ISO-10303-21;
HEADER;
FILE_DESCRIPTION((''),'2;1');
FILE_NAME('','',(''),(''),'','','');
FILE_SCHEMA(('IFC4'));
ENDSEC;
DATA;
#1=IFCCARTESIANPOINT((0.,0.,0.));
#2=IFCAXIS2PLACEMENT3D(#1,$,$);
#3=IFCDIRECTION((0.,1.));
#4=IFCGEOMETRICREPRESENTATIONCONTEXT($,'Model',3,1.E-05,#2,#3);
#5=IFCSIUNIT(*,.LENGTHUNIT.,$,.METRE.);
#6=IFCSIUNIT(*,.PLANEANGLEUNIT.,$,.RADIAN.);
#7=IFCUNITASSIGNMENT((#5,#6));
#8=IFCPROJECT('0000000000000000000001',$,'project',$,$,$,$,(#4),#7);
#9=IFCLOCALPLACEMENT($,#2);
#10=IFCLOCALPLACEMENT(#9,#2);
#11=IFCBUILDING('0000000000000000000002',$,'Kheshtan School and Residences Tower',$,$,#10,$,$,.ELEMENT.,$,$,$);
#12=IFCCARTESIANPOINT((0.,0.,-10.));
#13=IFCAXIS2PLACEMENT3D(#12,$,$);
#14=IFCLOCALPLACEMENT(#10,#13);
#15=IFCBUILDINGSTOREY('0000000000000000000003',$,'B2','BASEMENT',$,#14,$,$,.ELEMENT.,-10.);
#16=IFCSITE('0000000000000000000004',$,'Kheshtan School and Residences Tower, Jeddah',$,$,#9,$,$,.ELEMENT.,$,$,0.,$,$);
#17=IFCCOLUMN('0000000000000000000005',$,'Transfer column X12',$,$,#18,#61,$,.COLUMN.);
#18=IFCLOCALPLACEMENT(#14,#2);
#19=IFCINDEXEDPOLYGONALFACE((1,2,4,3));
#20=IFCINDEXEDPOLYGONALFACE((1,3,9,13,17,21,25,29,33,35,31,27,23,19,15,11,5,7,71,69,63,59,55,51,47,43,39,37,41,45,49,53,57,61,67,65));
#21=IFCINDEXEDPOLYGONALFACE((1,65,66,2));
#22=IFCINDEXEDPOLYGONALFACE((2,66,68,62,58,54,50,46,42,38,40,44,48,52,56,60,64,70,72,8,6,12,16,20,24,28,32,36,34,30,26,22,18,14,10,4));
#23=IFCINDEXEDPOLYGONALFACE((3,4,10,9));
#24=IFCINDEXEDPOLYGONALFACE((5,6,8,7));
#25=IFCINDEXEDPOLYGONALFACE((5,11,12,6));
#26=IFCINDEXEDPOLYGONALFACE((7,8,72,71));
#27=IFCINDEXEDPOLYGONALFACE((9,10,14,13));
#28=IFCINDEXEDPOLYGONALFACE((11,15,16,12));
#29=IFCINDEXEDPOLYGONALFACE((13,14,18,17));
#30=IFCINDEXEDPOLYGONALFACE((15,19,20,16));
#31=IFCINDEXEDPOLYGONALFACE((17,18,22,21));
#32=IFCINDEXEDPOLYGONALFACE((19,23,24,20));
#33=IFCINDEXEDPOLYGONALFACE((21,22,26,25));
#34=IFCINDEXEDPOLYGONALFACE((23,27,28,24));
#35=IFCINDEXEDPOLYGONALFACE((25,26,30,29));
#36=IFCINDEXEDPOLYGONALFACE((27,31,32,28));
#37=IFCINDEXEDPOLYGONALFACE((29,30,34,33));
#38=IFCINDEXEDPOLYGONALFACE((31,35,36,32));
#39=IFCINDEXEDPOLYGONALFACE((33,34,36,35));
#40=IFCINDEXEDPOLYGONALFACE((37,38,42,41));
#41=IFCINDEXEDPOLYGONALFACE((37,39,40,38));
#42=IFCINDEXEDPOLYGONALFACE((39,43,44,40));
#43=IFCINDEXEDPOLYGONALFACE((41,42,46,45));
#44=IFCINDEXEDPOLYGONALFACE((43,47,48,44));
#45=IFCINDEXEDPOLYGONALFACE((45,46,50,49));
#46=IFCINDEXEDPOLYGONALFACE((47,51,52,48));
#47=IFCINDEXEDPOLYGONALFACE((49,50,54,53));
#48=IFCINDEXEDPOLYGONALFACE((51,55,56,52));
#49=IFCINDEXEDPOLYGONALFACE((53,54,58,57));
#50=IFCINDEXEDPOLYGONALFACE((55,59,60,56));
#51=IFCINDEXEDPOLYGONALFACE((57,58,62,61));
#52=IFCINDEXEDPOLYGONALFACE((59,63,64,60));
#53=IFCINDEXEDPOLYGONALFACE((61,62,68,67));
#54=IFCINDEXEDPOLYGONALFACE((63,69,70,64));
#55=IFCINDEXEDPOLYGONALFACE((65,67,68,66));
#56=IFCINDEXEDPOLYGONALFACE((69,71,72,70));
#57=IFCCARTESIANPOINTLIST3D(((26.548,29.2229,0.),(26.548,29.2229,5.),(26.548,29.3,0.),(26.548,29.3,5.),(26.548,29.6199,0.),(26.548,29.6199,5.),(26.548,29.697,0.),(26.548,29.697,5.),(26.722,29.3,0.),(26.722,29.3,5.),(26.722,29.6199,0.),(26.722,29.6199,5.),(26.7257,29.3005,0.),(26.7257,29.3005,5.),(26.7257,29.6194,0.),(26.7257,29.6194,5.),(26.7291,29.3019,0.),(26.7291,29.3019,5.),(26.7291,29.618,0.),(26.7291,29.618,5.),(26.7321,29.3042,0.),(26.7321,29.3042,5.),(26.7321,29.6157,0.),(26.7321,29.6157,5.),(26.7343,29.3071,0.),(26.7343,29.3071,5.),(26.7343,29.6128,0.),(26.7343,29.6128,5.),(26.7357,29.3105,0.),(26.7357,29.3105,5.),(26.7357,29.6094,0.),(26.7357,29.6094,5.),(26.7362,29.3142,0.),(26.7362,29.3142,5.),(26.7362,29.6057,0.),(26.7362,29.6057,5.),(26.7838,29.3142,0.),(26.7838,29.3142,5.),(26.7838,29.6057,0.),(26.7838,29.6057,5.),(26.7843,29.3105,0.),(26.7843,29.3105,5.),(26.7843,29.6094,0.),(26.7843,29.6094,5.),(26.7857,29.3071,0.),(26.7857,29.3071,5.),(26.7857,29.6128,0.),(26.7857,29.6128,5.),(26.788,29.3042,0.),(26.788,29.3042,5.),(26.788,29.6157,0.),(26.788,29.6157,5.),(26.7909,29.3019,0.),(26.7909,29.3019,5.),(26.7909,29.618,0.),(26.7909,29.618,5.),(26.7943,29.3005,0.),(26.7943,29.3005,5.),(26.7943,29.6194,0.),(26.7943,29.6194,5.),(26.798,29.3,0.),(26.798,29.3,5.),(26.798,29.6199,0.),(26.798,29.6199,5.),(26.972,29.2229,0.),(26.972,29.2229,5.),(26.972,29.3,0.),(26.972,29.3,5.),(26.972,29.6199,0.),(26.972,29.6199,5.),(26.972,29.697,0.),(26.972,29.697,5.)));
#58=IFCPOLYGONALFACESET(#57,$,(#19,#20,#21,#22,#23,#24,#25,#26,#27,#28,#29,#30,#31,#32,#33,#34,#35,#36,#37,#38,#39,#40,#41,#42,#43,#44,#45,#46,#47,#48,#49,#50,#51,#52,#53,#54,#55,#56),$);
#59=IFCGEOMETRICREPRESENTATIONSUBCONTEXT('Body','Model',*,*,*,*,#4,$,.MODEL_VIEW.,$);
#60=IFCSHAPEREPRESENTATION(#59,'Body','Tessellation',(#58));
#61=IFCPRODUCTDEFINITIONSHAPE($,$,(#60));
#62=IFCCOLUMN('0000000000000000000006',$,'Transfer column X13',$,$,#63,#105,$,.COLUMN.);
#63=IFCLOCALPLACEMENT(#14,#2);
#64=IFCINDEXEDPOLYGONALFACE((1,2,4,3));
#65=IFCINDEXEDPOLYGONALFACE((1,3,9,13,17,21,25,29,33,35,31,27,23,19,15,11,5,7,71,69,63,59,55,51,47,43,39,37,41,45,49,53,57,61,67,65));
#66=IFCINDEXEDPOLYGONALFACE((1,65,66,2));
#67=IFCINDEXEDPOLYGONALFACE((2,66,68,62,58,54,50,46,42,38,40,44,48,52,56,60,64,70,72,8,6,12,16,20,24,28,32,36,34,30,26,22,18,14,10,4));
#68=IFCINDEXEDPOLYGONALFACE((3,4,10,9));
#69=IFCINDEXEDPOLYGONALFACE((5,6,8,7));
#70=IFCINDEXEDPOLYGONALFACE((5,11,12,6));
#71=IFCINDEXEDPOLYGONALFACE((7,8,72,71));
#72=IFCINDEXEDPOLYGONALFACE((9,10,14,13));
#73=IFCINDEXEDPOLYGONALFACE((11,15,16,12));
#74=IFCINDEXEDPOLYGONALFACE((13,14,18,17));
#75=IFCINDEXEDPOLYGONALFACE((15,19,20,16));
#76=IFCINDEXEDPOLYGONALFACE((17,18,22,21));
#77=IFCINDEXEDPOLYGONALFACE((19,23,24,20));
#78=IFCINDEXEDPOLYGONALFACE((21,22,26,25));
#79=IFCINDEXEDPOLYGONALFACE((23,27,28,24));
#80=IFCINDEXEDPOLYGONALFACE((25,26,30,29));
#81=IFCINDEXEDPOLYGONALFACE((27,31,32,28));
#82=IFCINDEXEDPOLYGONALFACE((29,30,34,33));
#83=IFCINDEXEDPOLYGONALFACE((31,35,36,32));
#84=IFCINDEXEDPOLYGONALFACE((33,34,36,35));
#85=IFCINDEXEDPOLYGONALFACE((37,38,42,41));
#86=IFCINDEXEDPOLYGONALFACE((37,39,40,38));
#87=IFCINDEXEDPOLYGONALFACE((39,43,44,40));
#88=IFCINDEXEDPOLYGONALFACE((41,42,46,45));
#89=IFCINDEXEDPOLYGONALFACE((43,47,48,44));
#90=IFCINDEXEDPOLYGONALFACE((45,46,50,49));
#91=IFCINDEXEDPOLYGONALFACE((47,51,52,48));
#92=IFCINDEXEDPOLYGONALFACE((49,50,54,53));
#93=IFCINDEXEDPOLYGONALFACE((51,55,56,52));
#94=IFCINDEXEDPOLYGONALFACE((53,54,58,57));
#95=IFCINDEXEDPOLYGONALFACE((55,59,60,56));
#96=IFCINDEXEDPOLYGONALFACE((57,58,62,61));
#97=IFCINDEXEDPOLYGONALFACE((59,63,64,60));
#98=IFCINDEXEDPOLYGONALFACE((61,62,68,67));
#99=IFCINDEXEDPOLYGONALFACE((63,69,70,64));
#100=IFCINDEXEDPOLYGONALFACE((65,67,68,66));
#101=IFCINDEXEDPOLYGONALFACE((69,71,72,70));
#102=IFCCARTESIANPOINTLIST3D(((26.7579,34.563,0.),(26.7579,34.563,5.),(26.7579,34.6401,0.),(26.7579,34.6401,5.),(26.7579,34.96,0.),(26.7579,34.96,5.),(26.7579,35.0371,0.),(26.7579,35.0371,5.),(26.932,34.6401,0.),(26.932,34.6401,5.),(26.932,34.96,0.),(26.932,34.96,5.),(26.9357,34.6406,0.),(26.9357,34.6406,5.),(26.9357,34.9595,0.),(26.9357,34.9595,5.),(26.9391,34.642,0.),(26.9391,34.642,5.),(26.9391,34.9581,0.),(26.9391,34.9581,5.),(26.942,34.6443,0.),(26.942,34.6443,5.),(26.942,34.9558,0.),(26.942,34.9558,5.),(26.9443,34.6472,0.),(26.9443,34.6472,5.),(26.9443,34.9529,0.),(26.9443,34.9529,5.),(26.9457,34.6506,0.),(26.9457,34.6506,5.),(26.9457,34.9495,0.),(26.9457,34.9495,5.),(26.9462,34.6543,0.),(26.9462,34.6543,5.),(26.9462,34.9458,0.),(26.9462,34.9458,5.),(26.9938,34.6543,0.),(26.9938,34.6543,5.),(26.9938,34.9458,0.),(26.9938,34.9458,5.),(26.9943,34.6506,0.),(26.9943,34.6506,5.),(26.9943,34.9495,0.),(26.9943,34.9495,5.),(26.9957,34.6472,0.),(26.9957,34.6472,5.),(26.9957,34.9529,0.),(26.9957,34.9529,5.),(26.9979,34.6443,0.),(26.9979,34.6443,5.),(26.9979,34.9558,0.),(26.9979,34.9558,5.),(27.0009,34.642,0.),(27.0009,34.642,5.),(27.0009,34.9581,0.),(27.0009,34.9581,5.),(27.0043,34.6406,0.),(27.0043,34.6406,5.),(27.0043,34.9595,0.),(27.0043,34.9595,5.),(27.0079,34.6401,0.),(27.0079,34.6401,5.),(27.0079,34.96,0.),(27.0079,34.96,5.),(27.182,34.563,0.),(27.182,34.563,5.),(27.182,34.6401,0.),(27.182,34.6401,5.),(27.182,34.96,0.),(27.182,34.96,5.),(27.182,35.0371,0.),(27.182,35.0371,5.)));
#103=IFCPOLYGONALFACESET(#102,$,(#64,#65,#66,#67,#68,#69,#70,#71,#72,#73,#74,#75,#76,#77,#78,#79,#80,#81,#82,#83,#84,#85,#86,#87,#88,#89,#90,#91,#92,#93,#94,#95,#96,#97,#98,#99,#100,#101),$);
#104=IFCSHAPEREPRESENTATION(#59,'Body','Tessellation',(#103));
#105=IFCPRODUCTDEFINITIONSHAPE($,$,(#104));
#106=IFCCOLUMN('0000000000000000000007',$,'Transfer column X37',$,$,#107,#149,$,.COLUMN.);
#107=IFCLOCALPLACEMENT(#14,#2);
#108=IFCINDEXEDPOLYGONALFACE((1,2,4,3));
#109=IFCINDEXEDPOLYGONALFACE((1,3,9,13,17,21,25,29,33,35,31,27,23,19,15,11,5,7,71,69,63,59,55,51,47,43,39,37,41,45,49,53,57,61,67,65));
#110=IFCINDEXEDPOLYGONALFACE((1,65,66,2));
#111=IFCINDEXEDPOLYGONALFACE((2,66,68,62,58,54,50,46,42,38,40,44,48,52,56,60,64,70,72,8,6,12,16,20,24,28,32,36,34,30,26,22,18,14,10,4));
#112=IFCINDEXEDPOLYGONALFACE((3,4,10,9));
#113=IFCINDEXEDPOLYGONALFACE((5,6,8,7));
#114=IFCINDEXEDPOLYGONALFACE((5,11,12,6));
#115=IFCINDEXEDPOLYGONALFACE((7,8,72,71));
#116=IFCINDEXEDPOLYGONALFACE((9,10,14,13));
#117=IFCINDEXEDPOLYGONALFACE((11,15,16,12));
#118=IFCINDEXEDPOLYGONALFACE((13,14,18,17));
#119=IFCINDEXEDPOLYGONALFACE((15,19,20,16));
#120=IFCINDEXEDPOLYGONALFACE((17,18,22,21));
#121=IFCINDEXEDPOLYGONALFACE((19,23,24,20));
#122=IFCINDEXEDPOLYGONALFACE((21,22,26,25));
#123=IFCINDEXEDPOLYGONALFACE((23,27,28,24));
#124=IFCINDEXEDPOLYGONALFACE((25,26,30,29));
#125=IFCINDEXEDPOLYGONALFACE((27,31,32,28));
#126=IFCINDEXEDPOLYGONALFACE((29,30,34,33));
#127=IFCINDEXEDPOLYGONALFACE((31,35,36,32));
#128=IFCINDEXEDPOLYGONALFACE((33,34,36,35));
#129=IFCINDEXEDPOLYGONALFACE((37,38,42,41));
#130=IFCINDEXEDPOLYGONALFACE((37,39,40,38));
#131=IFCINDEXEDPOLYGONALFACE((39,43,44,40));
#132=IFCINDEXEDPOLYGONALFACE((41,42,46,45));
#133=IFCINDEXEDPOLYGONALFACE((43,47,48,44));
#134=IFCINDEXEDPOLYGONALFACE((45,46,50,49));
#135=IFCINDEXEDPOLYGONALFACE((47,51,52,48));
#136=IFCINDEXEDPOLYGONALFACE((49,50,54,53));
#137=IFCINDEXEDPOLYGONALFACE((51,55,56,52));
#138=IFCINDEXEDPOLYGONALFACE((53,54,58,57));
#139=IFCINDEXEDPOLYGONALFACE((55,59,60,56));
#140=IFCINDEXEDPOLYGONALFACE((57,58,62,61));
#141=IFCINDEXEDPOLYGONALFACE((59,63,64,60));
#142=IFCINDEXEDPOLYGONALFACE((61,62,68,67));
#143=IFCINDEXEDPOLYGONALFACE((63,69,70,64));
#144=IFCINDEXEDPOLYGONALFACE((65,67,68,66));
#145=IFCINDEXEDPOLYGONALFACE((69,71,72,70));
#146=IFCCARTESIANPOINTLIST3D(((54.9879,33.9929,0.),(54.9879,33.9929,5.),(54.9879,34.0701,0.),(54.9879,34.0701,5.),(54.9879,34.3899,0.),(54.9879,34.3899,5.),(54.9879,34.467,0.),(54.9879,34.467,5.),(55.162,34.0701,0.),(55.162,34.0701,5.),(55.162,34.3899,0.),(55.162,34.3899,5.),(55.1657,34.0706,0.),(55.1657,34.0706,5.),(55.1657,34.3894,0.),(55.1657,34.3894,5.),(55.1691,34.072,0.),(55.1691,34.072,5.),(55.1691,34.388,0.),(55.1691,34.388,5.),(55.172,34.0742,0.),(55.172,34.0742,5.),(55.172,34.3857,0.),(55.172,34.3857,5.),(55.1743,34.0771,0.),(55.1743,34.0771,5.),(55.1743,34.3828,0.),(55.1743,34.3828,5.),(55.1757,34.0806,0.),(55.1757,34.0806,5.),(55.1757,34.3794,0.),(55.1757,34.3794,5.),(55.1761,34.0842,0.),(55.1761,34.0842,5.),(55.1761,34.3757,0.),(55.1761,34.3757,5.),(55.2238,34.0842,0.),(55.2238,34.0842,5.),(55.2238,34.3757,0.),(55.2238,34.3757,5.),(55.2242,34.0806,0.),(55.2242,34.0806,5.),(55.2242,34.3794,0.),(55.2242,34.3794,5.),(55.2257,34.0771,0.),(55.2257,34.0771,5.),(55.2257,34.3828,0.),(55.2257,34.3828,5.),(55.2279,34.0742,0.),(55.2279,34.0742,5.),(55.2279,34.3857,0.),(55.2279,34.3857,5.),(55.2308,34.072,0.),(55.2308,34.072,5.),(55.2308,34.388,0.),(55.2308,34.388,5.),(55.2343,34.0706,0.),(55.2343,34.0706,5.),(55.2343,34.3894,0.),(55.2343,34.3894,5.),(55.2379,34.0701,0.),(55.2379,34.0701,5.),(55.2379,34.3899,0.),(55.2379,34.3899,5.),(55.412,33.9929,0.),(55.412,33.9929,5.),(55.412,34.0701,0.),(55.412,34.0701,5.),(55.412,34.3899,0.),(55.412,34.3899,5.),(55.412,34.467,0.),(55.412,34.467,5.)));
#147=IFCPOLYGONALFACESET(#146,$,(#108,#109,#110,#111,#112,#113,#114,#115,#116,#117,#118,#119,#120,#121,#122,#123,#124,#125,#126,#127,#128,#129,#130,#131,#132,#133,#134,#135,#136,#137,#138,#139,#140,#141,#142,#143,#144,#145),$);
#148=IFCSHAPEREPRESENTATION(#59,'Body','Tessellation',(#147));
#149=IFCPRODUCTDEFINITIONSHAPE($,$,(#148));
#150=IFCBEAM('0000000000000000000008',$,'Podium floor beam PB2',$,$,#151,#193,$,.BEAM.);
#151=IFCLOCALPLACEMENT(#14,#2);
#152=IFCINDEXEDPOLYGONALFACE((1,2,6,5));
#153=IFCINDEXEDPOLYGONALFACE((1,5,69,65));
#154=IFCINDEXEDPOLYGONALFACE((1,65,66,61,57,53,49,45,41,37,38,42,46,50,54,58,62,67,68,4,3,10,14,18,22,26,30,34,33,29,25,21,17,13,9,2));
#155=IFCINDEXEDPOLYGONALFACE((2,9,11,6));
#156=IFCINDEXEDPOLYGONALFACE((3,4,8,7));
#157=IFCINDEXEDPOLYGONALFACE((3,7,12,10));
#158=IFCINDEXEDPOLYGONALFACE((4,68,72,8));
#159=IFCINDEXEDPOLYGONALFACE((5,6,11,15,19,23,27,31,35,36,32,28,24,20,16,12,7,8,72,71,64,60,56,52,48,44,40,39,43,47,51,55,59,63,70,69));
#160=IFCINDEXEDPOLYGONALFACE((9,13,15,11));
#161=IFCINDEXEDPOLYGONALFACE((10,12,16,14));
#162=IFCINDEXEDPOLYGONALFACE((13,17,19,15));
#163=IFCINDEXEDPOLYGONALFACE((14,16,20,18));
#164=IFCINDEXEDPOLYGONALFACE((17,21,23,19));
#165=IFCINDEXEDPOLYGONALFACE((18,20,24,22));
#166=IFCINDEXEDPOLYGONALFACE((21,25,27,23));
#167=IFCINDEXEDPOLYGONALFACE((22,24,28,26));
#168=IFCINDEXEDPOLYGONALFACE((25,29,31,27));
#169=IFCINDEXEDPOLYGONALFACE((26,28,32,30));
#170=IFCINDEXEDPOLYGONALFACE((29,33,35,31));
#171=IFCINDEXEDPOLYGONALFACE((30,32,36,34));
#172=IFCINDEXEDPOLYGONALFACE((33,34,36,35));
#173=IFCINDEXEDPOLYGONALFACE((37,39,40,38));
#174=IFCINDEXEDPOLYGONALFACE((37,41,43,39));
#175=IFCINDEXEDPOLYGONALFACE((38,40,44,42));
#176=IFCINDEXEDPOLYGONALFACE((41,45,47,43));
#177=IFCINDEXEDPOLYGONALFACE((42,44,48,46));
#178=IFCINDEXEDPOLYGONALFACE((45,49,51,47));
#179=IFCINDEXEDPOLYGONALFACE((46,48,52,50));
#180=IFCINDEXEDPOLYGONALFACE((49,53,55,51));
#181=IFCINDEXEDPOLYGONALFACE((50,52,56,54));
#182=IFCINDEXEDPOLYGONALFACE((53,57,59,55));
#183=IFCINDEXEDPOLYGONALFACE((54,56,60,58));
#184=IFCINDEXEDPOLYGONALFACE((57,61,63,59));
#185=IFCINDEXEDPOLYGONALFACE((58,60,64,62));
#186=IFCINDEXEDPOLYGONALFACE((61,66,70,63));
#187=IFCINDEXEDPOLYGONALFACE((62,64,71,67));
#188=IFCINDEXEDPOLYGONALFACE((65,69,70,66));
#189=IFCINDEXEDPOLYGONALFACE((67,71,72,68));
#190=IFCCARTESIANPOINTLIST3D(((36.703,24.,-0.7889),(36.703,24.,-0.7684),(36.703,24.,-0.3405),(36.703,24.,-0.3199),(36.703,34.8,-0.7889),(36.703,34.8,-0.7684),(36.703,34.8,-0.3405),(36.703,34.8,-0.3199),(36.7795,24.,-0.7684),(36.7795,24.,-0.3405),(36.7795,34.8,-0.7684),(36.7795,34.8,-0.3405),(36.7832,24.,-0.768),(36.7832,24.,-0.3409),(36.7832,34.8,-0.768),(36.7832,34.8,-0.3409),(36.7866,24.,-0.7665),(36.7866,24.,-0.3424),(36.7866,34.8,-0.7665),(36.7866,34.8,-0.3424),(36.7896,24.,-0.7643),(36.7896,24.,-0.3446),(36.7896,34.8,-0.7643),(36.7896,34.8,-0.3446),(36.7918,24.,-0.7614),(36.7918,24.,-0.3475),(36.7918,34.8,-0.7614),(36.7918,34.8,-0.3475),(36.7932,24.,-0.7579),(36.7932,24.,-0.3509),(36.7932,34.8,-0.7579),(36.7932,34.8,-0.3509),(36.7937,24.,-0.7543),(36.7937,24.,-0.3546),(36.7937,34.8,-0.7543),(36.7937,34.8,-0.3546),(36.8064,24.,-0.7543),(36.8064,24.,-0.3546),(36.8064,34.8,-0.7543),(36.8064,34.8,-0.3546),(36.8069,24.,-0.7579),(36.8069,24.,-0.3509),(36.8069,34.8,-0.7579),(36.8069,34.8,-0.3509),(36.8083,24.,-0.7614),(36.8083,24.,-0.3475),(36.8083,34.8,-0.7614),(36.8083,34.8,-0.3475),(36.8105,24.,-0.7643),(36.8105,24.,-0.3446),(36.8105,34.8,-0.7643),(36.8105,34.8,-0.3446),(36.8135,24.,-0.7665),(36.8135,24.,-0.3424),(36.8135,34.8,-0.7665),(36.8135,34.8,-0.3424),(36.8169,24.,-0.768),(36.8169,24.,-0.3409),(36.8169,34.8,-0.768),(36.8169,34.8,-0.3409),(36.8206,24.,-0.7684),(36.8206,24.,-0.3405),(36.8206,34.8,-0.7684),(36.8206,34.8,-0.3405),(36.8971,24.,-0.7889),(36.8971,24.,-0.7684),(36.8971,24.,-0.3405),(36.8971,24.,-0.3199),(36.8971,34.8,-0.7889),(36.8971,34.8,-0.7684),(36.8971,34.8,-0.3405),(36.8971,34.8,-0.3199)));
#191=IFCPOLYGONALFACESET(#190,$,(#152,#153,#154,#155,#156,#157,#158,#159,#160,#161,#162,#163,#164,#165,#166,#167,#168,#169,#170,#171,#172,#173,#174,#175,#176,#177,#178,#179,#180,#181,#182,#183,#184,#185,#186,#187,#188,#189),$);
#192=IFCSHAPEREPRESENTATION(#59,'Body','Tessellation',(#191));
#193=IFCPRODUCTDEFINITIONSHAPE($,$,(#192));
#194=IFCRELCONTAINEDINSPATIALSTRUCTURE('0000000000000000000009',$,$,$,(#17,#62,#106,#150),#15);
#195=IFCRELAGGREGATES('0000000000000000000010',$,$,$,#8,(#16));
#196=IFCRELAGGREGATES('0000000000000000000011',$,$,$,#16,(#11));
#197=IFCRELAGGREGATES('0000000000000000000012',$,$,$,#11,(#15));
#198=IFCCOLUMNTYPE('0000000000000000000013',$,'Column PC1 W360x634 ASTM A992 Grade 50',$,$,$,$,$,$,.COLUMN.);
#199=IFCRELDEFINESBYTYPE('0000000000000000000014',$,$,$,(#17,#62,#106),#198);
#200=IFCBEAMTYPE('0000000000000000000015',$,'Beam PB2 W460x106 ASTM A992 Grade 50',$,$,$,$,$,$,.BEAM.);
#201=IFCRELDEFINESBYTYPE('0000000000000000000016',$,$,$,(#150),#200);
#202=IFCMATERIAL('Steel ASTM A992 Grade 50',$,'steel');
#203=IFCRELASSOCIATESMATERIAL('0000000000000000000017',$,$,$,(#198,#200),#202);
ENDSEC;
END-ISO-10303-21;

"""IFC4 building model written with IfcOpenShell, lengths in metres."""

from ifc_helpers import new_model, si_unit, direction, frame, origin, origin_2d, place, context, subcontext, project, spatial, i_section, extrude, material, material_profile, profile_set, type_object, element, save


model = new_model("IFC4")

# Units and contexts
model_context = context("Model", 3, precision=1e-05, world=origin(), true_north=direction((0.0, 1.0)))
body_context = subcontext(model_context, "Body", "Model", "MODEL_VIEW")
ifc_project = project(units=[si_unit("LENGTHUNIT", "METRE"), si_unit("PLANEANGLEUNIT", "RADIAN")], contexts=[model_context])

# Site, building, storey
site_placement = place(None, origin())
site = spatial("IfcSite", under=ifc_project, at=site_placement, Name="Kheshtan School and Residences Tower, Jeddah", CompositionType="ELEMENT", RefElevation=0.0)
building_placement = place(site_placement, origin())
building = spatial("IfcBuilding", under=site, at=building_placement, Name="Kheshtan School and Residences Tower", CompositionType="ELEMENT")
storey_placement = place(building_placement, frame((0.0, 0.0, -10.0)))
storey = spatial("IfcBuildingStorey", under=building, at=storey_placement, Name="B2", Description="BASEMENT", CompositionType="ELEMENT", Elevation=-10.0)

# Columns
ifc_material_1 = material(Name="Steel ASTM A992 Grade 50", Category="steel")
ifc_material_profile_1 = material_profile(ifc_material_1, i_section(OverallWidth=0.4241, OverallDepth=0.4741, WebThickness=0.0476, FlangeThickness=0.0771, FilletRadius=0.0142, at=origin_2d()), Name="W360x634")
ifc_profile_set_1 = profile_set([ifc_material_profile_1], Name="Steel ASTM A992 Grade 50")
column_type = type_object("IfcColumnType", Name="Column PC1 W360x634 ASTM A992 Grade 50", PredefinedType="COLUMN", material=ifc_profile_set_1)
for number, where, z_axis, x_axis, name in (
    (1, (26.76, 29.46, 0.0), (0.0, 0.0, 1.0), (1.0, 0.0, 0.0), "Transfer column X12"),
    (2, (26.97, 34.8, 0.0), (0.0, 0.0, 1.0), (1.0, 0.0, 0.0), "Transfer column X13"),
    (3, (55.2, 34.23, 0.0), (0.0, 0.0, 1.0), (1.0, 0.0, 0.0), "Transfer column X37"),
):
    element("IfcColumn", number, at=place(storey_placement, frame(where, z_axis=z_axis, x_axis=x_axis)), inside=storey, type_object=column_type, Name=name, PredefinedType="COLUMN", context=body_context, shape_type="SweptSolid", body=[
        extrude(i_section(OverallWidth=0.4241, OverallDepth=0.4741, WebThickness=0.0476, FlangeThickness=0.0771, FilletRadius=0.0142, at=origin_2d()), origin(), (0.0, 0.0, 1.0), 5.0),
    ])

# Beam
ifc_material_profile_2 = material_profile(ifc_material_1, i_section(OverallWidth=0.1941, OverallDepth=0.469, WebThickness=0.0127, FlangeThickness=0.0205, FilletRadius=0.0142, at=origin_2d()), Name="W460x106")
ifc_profile_set_2 = profile_set([ifc_material_profile_2], Name="Steel ASTM A992 Grade 50")
beam_type = type_object("IfcBeamType", Name="Beam PB2 W460x106 ASTM A992 Grade 50", PredefinedType="BEAM", material=ifc_profile_set_2)
for number, where, z_axis, x_axis, name in (
    (4, (36.8, 24.0, -0.5544), (0.0, 1.0, 0.0), (-1.0, 0.0, 0.0), "Podium floor beam PB2"),
):
    element("IfcBeam", number, at=place(storey_placement, frame(where, z_axis=z_axis, x_axis=x_axis)), inside=storey, type_object=beam_type, Name=name, PredefinedType="BEAM", context=body_context, shape_type="SweptSolid", body=[
        extrude(i_section(OverallWidth=0.1941, OverallDepth=0.469, WebThickness=0.0127, FlangeThickness=0.0205, FilletRadius=0.0142, at=origin_2d()), origin(), (0.0, 0.0, 1.0), 10.8),
    ])

save(model, "model.ifc")
